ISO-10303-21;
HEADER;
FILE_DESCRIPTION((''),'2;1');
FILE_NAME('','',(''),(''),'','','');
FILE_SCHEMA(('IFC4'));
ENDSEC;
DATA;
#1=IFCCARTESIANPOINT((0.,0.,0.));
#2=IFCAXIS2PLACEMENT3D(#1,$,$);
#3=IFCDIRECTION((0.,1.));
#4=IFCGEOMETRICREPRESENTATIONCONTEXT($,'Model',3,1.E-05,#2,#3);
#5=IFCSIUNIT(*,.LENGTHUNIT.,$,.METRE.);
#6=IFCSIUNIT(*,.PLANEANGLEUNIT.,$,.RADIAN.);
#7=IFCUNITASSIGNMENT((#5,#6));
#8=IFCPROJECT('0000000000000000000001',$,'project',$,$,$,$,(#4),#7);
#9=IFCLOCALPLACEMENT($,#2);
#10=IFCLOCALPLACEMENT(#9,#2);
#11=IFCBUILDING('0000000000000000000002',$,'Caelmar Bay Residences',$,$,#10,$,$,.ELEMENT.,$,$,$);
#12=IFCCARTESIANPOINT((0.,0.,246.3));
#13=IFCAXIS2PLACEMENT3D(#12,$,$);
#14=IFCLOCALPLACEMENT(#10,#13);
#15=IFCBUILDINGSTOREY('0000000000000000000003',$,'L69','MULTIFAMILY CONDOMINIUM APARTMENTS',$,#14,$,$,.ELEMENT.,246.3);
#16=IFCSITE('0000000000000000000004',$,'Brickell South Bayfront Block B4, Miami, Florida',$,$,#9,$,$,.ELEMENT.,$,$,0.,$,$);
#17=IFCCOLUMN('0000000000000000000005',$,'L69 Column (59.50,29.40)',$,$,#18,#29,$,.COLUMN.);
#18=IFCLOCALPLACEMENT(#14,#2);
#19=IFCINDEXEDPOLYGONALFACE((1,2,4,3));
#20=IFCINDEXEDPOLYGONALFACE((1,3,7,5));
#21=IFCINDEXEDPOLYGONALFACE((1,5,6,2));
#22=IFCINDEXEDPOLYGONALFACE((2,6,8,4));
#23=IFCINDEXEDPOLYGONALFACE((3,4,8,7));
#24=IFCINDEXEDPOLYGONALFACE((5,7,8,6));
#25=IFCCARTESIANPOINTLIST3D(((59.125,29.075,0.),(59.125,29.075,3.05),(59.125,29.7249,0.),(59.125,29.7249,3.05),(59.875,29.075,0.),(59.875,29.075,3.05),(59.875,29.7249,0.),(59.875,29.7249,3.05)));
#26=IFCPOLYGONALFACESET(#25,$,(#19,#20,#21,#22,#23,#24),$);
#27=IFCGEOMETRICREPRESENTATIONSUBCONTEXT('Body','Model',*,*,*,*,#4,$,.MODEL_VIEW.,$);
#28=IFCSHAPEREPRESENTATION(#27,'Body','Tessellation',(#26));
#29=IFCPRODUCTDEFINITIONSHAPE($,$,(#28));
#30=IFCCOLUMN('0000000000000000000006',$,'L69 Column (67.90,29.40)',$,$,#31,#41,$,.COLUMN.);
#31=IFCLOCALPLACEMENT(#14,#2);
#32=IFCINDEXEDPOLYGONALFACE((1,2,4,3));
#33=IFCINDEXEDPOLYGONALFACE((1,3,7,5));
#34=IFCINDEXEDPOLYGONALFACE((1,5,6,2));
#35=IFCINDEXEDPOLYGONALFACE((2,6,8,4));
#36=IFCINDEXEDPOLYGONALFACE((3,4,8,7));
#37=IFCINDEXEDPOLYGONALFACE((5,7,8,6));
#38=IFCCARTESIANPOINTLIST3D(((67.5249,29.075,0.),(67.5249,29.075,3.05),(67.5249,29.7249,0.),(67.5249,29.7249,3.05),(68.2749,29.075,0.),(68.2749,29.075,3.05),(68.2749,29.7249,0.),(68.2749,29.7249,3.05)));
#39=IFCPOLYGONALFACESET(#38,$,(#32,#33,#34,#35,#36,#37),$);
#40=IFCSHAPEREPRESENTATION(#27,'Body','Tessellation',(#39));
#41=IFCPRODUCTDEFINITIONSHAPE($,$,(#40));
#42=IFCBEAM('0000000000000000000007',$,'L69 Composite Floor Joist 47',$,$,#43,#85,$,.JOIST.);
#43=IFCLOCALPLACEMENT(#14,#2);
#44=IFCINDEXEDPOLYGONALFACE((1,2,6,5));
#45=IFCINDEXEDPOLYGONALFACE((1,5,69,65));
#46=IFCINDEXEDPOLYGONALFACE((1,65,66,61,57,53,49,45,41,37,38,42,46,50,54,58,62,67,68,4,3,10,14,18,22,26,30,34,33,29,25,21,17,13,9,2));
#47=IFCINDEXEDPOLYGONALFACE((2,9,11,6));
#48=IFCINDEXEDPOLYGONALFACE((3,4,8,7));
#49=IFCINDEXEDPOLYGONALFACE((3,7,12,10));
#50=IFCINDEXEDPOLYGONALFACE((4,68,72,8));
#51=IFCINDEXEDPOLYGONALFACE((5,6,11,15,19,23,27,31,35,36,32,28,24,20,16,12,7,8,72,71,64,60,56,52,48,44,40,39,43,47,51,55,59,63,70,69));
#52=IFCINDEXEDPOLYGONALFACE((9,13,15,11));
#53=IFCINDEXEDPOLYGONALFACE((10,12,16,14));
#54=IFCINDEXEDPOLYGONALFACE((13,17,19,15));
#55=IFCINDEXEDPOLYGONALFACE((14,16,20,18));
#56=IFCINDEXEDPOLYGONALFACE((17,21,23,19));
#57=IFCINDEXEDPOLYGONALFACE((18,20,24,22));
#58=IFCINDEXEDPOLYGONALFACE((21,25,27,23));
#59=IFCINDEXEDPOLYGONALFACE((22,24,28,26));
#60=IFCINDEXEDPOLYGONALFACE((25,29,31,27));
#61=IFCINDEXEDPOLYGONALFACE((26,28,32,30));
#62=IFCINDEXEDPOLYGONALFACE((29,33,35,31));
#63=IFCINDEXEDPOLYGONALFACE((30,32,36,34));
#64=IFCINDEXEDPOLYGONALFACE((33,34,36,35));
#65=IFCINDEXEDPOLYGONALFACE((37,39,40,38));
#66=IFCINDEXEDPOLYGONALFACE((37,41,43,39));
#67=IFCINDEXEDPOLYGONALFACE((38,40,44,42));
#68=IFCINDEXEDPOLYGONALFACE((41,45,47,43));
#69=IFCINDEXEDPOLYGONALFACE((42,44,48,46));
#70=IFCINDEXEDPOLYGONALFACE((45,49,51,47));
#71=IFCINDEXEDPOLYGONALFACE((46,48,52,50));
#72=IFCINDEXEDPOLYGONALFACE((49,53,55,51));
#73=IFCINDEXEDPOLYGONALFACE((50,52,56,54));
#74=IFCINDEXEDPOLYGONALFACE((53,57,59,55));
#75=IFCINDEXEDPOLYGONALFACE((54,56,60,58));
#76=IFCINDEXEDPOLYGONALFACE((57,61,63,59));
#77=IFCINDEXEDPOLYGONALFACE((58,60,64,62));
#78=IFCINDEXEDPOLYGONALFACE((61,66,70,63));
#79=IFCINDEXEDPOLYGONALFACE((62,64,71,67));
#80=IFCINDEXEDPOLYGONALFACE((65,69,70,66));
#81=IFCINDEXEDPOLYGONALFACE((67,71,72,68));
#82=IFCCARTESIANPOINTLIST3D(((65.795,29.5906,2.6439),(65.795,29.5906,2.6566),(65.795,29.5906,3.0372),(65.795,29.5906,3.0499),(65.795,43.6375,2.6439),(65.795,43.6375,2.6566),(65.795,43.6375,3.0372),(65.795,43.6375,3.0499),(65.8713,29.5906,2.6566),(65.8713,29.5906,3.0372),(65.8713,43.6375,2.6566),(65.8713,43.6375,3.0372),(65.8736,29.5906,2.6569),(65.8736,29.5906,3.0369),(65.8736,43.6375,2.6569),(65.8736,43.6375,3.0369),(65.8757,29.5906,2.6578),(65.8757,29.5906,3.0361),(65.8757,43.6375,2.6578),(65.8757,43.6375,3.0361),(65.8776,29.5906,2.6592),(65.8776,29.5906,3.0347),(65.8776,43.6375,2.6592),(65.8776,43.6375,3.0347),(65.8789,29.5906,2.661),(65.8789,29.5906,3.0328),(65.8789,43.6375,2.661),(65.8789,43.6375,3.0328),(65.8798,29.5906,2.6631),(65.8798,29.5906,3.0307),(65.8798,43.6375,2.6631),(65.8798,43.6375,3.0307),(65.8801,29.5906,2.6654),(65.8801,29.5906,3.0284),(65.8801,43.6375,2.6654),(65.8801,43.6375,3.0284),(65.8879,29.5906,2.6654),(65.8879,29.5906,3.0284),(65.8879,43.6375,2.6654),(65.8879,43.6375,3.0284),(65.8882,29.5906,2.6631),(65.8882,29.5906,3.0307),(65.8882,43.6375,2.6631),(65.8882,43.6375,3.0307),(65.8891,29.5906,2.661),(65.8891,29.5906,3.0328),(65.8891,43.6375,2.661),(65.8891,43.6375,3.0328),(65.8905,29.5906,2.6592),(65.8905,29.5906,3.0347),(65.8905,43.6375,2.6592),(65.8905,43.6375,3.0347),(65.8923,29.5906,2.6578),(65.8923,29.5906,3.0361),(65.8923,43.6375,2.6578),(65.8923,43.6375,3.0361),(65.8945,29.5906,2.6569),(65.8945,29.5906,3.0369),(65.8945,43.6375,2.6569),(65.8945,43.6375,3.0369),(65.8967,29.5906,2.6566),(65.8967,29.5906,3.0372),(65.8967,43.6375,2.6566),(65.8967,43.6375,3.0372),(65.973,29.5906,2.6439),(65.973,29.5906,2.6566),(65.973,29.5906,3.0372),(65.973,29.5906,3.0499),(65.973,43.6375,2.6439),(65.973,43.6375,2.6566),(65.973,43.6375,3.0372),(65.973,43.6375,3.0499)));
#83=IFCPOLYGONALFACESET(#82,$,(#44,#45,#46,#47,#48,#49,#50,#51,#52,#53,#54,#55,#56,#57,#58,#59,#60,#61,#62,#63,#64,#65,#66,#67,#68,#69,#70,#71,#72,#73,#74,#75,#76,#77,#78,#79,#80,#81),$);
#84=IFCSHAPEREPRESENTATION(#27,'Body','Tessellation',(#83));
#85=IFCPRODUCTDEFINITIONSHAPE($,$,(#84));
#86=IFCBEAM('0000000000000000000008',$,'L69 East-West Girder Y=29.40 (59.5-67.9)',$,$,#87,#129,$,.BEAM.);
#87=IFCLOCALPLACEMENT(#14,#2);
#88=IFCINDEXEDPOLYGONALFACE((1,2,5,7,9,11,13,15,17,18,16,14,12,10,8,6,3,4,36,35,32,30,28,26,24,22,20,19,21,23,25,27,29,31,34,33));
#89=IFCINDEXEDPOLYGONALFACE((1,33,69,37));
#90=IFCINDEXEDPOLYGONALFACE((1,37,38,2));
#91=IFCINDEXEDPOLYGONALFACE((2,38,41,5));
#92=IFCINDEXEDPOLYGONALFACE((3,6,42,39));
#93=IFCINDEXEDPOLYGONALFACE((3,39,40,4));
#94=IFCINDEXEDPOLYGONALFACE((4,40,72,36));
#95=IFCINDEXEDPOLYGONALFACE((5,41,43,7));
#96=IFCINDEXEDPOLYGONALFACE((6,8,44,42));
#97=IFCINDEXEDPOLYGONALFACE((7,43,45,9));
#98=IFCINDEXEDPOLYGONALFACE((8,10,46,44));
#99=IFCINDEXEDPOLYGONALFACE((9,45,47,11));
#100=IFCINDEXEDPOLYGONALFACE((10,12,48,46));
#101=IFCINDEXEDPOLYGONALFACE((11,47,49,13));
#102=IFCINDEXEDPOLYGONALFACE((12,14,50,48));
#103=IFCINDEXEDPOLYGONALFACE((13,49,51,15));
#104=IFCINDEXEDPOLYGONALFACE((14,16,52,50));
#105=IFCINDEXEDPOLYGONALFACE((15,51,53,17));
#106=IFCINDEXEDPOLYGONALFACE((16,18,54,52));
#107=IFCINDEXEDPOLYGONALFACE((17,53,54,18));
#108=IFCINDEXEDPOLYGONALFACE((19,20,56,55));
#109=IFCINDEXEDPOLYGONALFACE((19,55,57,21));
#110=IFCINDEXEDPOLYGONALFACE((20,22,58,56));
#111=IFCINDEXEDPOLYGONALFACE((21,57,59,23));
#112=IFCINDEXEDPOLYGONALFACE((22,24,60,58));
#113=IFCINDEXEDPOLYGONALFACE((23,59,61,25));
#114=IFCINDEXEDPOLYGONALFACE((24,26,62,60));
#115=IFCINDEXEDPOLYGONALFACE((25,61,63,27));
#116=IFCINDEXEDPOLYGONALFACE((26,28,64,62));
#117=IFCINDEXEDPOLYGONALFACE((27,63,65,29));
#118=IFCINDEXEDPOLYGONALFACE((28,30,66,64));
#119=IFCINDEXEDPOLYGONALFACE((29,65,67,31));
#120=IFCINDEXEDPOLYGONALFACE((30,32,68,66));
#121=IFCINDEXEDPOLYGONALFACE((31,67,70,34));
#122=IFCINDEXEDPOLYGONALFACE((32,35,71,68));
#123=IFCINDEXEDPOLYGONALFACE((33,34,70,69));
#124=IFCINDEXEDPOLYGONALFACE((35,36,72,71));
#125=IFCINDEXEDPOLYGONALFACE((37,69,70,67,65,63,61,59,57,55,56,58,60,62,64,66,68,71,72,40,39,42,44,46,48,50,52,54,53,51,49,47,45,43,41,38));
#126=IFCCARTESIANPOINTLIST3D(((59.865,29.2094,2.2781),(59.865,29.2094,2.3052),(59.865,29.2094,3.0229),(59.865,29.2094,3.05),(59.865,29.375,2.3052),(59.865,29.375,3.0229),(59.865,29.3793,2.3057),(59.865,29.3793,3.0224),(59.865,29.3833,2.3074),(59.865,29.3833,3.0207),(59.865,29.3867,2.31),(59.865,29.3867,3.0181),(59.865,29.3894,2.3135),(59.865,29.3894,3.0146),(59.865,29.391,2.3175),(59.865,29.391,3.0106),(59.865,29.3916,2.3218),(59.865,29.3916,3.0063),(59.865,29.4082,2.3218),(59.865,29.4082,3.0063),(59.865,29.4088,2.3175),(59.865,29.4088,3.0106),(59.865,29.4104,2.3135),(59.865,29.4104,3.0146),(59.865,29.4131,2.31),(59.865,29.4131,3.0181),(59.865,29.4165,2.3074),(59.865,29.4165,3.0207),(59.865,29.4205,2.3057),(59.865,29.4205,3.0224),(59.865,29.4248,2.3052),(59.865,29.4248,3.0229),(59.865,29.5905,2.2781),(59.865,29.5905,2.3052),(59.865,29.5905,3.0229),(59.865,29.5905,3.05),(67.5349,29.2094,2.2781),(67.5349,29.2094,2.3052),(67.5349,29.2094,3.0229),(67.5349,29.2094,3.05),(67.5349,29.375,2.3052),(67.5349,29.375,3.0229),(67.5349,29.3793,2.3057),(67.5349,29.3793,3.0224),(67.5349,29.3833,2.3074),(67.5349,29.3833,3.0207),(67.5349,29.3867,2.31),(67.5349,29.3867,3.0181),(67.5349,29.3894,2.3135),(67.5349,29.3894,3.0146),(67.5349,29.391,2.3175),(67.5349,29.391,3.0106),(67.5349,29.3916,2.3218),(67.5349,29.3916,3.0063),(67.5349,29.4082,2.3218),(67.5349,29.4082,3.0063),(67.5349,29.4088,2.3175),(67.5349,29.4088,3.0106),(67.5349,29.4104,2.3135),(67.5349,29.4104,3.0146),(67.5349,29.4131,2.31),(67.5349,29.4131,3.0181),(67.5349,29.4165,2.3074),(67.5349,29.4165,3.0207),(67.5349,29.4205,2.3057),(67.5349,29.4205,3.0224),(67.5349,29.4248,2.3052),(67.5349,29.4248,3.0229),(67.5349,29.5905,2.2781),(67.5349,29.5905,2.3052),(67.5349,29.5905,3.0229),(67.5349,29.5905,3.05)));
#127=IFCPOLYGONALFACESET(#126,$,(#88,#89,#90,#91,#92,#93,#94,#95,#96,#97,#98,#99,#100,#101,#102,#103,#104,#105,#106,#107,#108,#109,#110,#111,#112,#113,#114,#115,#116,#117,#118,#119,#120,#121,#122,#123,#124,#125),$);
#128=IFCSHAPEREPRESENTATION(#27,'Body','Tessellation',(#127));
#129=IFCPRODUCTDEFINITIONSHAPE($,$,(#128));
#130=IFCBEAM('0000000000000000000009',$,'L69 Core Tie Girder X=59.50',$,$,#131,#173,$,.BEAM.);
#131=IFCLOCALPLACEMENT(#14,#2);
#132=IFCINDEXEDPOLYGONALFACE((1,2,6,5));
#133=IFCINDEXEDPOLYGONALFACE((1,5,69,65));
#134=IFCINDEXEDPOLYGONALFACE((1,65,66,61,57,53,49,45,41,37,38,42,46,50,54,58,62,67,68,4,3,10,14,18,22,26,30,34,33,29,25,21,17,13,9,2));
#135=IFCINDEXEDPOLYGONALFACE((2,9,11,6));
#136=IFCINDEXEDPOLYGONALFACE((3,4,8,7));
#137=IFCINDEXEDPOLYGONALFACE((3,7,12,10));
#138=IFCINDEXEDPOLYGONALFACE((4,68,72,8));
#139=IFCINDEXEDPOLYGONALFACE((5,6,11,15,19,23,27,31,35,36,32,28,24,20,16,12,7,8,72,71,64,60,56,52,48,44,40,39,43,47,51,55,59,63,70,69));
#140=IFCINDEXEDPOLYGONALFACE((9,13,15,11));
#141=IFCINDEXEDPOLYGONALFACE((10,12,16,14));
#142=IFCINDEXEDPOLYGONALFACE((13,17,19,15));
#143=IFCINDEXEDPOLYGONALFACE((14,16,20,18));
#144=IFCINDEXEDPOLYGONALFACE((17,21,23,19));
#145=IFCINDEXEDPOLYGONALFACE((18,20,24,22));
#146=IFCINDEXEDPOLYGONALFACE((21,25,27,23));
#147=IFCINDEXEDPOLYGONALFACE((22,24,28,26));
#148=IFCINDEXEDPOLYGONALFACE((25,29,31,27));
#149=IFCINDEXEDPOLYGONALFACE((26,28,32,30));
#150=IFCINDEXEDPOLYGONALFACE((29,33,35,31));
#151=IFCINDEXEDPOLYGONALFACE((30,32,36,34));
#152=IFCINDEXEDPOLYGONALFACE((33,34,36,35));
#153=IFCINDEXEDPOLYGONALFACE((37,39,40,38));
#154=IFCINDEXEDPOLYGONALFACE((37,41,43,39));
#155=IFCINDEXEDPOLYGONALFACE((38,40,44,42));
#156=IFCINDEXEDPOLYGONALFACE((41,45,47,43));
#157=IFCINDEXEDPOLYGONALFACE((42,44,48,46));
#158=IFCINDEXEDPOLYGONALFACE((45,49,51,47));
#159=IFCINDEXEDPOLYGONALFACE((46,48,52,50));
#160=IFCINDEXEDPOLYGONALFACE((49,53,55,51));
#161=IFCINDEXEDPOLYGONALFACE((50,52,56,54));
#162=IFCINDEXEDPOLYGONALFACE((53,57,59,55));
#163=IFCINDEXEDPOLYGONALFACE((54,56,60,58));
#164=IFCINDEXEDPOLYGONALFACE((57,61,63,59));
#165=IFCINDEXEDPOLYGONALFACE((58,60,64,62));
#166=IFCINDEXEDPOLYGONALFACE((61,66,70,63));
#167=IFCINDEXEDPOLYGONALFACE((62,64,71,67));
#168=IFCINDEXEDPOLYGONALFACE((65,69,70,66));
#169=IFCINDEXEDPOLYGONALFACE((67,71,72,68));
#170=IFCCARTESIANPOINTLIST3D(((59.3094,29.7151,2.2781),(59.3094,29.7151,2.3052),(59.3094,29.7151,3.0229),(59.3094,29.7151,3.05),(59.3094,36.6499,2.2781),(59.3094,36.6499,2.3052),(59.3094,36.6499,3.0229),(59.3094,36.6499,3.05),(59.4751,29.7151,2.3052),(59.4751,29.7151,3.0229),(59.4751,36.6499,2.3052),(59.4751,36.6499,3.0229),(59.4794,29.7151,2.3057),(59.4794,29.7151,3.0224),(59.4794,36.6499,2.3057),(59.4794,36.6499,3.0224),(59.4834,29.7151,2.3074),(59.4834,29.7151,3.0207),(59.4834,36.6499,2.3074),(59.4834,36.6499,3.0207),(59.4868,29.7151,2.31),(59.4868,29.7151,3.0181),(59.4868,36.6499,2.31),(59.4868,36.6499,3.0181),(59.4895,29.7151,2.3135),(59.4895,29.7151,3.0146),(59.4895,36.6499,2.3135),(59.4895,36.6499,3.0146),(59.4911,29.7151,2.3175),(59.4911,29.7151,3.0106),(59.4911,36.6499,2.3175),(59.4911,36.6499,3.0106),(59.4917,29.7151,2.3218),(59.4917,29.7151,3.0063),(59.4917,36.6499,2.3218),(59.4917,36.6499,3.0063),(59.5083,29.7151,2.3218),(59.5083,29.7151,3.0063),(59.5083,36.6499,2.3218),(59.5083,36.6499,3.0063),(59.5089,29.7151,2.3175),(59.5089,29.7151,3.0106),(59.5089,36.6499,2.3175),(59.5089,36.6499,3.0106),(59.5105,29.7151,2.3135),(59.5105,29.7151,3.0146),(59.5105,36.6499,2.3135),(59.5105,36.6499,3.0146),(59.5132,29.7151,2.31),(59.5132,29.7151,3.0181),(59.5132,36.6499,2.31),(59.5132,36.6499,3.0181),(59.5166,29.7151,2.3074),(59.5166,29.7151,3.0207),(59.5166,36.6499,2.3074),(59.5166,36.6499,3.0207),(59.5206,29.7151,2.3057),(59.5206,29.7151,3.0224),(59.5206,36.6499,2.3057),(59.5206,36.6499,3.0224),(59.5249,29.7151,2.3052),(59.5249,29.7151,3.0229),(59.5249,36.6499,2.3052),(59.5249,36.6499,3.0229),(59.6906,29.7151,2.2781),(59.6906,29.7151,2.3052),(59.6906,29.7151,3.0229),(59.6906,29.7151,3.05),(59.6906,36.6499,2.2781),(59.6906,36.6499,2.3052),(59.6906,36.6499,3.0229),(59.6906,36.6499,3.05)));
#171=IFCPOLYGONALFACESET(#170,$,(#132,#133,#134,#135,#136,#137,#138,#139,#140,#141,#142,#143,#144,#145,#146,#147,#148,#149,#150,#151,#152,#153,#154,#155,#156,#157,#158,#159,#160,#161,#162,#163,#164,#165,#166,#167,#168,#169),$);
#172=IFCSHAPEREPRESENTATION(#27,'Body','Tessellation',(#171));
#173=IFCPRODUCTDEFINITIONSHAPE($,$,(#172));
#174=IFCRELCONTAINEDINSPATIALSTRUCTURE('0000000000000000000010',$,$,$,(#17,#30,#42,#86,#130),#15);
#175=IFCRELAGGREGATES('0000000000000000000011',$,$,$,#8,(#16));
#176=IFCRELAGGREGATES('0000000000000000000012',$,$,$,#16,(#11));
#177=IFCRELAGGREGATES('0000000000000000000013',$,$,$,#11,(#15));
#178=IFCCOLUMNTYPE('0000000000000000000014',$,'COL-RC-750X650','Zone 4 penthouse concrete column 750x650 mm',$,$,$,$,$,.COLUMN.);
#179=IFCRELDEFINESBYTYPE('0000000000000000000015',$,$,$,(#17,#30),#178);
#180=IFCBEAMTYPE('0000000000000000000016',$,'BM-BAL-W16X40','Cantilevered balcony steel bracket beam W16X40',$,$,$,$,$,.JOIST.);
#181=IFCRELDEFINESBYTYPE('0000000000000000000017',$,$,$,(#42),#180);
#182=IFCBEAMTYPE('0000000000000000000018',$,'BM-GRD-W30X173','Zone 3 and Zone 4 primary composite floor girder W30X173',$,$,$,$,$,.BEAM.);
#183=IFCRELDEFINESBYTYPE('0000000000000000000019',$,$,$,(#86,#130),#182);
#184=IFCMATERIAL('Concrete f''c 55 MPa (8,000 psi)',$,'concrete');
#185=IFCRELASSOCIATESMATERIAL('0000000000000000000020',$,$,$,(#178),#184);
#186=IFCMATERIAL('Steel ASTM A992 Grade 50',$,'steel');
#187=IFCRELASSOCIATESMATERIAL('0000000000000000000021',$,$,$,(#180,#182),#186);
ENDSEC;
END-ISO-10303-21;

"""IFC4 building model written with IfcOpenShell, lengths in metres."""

from ifc_helpers import new_model, si_unit, direction, frame, origin, origin_2d, place, context, subcontext, project, spatial, rectangle, i_section, extrude, material, material_profile, profile_set, type_object, element, save


model = new_model("IFC4")

# Units and contexts
model_context = context("Model", 3, precision=1e-05, world=origin(), true_north=direction((0.0, 1.0)))
body_context = subcontext(model_context, "Body", "Model", "MODEL_VIEW")
ifc_project = project(units=[si_unit("LENGTHUNIT", "METRE"), si_unit("PLANEANGLEUNIT", "RADIAN")], contexts=[model_context])

# Site, building, storey
site_placement = place(None, origin())
site = spatial("IfcSite", under=ifc_project, at=site_placement, Name="Brickell South Bayfront Block B4, Miami, Florida", CompositionType="ELEMENT", RefElevation=0.0)
building_placement = place(site_placement, origin())
building = spatial("IfcBuilding", under=site, at=building_placement, Name="Caelmar Bay Residences", CompositionType="ELEMENT")
storey_placement = place(building_placement, frame((0.0, 0.0, 246.3)))
storey = spatial("IfcBuildingStorey", under=building, at=storey_placement, Name="L69", Description="MULTIFAMILY CONDOMINIUM APARTMENTS", CompositionType="ELEMENT", Elevation=246.3)

# Columns
ifc_material_1 = material(Name="Concrete f'c 55 MPa (8,000 psi)", Category="concrete")
ifc_material_profile_1 = material_profile(ifc_material_1, rectangle(XDim=0.75, YDim=0.6499, at=origin_2d()), Name="RC-COL-750X650")
ifc_profile_set_1 = profile_set([ifc_material_profile_1], Name="Concrete f'c 55 MPa (8,000 psi)")
column_type = type_object("IfcColumnType", Name="COL-RC-750X650", Description="Zone 4 penthouse concrete column 750x650 mm", PredefinedType="COLUMN", material=ifc_profile_set_1)
for number, where, z_axis, x_axis, name in (
    (1, (59.5, 29.3999, 0.0), (0.0, 0.0, 1.0), (1.0, 0.0, 0.0), "L69 Column (59.50,29.40)"),
    (2, (67.8999, 29.3999, 0.0), (0.0, 0.0, 1.0), (1.0, 0.0, 0.0), "L69 Column (67.90,29.40)"),
):
    element("IfcColumn", number, at=place(storey_placement, frame(where, z_axis=z_axis, x_axis=x_axis)), inside=storey, type_object=column_type, Name=name, PredefinedType="COLUMN", context=body_context, shape_type="SweptSolid", body=[
        extrude(rectangle(XDim=0.75, YDim=0.6499, at=origin_2d()), origin(), (0.0, 0.0, 1.0), 3.05),
    ])

# Beams
ifc_material_2 = material(Name="Steel ASTM A992 Grade 50", Category="steel")
ifc_material_profile_2 = material_profile(ifc_material_2, i_section(OverallWidth=0.178, OverallDepth=0.406, WebThickness=0.0078, FlangeThickness=0.0127, FilletRadius=0.0088, at=origin_2d()), Name="W16X40")
ifc_profile_set_2 = profile_set([ifc_material_profile_2], Name="Steel ASTM A992 Grade 50")
beam_type_1 = type_object("IfcBeamType", Name="BM-BAL-W16X40", Description="Cantilevered balcony steel bracket beam W16X40", PredefinedType="JOIST", material=ifc_profile_set_2)
beam_1_placement = place(storey_placement, frame((65.884, 29.5906, 2.8469), z_axis=(0.0, 1.0, 0.0), x_axis=(-1.0, 0.0, 0.0)))
element("IfcBeam", 3, at=beam_1_placement, inside=storey, type_object=beam_type_1, Name="L69 Composite Floor Joist 47", PredefinedType="JOIST", context=body_context, shape_type="SweptSolid", body=[
    extrude(i_section(OverallWidth=0.178, OverallDepth=0.406, WebThickness=0.0078, FlangeThickness=0.0127, FilletRadius=0.0088, at=origin_2d()), origin(), (0.0, 0.0, 1.0), 14.0469),
])
ifc_material_profile_3 = material_profile(ifc_material_2, i_section(OverallWidth=0.3811, OverallDepth=0.772, WebThickness=0.0166, FlangeThickness=0.0271, FilletRadius=0.0166, at=origin_2d()), Name="W30X173")
ifc_profile_set_3 = profile_set([ifc_material_profile_3], Name="Steel ASTM A992 Grade 50")
beam_type_2 = type_object("IfcBeamType", Name="BM-GRD-W30X173", Description="Zone 3 and Zone 4 primary composite floor girder W30X173", PredefinedType="BEAM", material=ifc_profile_set_3)
beam_2_placement = place(storey_placement, frame((59.865, 29.3999, 2.6641), z_axis=(1.0, 0.0, 0.0), x_axis=(0.0, 1.0, 0.0)))
element("IfcBeam", 4, at=beam_2_placement, inside=storey, type_object=beam_type_2, Name="L69 East-West Girder Y=29.40 (59.5-67.9)", PredefinedType="BEAM", context=body_context, shape_type="SweptSolid", body=[
    extrude(i_section(OverallWidth=0.3811, OverallDepth=0.772, WebThickness=0.0166, FlangeThickness=0.0271, FilletRadius=0.0166, at=origin_2d()), origin(), (0.0, 0.0, 1.0), 7.6699),
])
beam_3_placement = place(storey_placement, frame((59.5, 29.7151, 2.6641), z_axis=(0.0, 1.0, 0.0), x_axis=(-1.0, 0.0, 0.0)))
element("IfcBeam", 5, at=beam_3_placement, inside=storey, type_object=beam_type_2, Name="L69 Core Tie Girder X=59.50", PredefinedType="BEAM", context=body_context, shape_type="SweptSolid", body=[
    extrude(i_section(OverallWidth=0.3811, OverallDepth=0.772, WebThickness=0.0166, FlangeThickness=0.0271, FilletRadius=0.0166, at=origin_2d()), origin(), (0.0, 0.0, 1.0), 6.9348),
])

save(model, "model.ifc")
